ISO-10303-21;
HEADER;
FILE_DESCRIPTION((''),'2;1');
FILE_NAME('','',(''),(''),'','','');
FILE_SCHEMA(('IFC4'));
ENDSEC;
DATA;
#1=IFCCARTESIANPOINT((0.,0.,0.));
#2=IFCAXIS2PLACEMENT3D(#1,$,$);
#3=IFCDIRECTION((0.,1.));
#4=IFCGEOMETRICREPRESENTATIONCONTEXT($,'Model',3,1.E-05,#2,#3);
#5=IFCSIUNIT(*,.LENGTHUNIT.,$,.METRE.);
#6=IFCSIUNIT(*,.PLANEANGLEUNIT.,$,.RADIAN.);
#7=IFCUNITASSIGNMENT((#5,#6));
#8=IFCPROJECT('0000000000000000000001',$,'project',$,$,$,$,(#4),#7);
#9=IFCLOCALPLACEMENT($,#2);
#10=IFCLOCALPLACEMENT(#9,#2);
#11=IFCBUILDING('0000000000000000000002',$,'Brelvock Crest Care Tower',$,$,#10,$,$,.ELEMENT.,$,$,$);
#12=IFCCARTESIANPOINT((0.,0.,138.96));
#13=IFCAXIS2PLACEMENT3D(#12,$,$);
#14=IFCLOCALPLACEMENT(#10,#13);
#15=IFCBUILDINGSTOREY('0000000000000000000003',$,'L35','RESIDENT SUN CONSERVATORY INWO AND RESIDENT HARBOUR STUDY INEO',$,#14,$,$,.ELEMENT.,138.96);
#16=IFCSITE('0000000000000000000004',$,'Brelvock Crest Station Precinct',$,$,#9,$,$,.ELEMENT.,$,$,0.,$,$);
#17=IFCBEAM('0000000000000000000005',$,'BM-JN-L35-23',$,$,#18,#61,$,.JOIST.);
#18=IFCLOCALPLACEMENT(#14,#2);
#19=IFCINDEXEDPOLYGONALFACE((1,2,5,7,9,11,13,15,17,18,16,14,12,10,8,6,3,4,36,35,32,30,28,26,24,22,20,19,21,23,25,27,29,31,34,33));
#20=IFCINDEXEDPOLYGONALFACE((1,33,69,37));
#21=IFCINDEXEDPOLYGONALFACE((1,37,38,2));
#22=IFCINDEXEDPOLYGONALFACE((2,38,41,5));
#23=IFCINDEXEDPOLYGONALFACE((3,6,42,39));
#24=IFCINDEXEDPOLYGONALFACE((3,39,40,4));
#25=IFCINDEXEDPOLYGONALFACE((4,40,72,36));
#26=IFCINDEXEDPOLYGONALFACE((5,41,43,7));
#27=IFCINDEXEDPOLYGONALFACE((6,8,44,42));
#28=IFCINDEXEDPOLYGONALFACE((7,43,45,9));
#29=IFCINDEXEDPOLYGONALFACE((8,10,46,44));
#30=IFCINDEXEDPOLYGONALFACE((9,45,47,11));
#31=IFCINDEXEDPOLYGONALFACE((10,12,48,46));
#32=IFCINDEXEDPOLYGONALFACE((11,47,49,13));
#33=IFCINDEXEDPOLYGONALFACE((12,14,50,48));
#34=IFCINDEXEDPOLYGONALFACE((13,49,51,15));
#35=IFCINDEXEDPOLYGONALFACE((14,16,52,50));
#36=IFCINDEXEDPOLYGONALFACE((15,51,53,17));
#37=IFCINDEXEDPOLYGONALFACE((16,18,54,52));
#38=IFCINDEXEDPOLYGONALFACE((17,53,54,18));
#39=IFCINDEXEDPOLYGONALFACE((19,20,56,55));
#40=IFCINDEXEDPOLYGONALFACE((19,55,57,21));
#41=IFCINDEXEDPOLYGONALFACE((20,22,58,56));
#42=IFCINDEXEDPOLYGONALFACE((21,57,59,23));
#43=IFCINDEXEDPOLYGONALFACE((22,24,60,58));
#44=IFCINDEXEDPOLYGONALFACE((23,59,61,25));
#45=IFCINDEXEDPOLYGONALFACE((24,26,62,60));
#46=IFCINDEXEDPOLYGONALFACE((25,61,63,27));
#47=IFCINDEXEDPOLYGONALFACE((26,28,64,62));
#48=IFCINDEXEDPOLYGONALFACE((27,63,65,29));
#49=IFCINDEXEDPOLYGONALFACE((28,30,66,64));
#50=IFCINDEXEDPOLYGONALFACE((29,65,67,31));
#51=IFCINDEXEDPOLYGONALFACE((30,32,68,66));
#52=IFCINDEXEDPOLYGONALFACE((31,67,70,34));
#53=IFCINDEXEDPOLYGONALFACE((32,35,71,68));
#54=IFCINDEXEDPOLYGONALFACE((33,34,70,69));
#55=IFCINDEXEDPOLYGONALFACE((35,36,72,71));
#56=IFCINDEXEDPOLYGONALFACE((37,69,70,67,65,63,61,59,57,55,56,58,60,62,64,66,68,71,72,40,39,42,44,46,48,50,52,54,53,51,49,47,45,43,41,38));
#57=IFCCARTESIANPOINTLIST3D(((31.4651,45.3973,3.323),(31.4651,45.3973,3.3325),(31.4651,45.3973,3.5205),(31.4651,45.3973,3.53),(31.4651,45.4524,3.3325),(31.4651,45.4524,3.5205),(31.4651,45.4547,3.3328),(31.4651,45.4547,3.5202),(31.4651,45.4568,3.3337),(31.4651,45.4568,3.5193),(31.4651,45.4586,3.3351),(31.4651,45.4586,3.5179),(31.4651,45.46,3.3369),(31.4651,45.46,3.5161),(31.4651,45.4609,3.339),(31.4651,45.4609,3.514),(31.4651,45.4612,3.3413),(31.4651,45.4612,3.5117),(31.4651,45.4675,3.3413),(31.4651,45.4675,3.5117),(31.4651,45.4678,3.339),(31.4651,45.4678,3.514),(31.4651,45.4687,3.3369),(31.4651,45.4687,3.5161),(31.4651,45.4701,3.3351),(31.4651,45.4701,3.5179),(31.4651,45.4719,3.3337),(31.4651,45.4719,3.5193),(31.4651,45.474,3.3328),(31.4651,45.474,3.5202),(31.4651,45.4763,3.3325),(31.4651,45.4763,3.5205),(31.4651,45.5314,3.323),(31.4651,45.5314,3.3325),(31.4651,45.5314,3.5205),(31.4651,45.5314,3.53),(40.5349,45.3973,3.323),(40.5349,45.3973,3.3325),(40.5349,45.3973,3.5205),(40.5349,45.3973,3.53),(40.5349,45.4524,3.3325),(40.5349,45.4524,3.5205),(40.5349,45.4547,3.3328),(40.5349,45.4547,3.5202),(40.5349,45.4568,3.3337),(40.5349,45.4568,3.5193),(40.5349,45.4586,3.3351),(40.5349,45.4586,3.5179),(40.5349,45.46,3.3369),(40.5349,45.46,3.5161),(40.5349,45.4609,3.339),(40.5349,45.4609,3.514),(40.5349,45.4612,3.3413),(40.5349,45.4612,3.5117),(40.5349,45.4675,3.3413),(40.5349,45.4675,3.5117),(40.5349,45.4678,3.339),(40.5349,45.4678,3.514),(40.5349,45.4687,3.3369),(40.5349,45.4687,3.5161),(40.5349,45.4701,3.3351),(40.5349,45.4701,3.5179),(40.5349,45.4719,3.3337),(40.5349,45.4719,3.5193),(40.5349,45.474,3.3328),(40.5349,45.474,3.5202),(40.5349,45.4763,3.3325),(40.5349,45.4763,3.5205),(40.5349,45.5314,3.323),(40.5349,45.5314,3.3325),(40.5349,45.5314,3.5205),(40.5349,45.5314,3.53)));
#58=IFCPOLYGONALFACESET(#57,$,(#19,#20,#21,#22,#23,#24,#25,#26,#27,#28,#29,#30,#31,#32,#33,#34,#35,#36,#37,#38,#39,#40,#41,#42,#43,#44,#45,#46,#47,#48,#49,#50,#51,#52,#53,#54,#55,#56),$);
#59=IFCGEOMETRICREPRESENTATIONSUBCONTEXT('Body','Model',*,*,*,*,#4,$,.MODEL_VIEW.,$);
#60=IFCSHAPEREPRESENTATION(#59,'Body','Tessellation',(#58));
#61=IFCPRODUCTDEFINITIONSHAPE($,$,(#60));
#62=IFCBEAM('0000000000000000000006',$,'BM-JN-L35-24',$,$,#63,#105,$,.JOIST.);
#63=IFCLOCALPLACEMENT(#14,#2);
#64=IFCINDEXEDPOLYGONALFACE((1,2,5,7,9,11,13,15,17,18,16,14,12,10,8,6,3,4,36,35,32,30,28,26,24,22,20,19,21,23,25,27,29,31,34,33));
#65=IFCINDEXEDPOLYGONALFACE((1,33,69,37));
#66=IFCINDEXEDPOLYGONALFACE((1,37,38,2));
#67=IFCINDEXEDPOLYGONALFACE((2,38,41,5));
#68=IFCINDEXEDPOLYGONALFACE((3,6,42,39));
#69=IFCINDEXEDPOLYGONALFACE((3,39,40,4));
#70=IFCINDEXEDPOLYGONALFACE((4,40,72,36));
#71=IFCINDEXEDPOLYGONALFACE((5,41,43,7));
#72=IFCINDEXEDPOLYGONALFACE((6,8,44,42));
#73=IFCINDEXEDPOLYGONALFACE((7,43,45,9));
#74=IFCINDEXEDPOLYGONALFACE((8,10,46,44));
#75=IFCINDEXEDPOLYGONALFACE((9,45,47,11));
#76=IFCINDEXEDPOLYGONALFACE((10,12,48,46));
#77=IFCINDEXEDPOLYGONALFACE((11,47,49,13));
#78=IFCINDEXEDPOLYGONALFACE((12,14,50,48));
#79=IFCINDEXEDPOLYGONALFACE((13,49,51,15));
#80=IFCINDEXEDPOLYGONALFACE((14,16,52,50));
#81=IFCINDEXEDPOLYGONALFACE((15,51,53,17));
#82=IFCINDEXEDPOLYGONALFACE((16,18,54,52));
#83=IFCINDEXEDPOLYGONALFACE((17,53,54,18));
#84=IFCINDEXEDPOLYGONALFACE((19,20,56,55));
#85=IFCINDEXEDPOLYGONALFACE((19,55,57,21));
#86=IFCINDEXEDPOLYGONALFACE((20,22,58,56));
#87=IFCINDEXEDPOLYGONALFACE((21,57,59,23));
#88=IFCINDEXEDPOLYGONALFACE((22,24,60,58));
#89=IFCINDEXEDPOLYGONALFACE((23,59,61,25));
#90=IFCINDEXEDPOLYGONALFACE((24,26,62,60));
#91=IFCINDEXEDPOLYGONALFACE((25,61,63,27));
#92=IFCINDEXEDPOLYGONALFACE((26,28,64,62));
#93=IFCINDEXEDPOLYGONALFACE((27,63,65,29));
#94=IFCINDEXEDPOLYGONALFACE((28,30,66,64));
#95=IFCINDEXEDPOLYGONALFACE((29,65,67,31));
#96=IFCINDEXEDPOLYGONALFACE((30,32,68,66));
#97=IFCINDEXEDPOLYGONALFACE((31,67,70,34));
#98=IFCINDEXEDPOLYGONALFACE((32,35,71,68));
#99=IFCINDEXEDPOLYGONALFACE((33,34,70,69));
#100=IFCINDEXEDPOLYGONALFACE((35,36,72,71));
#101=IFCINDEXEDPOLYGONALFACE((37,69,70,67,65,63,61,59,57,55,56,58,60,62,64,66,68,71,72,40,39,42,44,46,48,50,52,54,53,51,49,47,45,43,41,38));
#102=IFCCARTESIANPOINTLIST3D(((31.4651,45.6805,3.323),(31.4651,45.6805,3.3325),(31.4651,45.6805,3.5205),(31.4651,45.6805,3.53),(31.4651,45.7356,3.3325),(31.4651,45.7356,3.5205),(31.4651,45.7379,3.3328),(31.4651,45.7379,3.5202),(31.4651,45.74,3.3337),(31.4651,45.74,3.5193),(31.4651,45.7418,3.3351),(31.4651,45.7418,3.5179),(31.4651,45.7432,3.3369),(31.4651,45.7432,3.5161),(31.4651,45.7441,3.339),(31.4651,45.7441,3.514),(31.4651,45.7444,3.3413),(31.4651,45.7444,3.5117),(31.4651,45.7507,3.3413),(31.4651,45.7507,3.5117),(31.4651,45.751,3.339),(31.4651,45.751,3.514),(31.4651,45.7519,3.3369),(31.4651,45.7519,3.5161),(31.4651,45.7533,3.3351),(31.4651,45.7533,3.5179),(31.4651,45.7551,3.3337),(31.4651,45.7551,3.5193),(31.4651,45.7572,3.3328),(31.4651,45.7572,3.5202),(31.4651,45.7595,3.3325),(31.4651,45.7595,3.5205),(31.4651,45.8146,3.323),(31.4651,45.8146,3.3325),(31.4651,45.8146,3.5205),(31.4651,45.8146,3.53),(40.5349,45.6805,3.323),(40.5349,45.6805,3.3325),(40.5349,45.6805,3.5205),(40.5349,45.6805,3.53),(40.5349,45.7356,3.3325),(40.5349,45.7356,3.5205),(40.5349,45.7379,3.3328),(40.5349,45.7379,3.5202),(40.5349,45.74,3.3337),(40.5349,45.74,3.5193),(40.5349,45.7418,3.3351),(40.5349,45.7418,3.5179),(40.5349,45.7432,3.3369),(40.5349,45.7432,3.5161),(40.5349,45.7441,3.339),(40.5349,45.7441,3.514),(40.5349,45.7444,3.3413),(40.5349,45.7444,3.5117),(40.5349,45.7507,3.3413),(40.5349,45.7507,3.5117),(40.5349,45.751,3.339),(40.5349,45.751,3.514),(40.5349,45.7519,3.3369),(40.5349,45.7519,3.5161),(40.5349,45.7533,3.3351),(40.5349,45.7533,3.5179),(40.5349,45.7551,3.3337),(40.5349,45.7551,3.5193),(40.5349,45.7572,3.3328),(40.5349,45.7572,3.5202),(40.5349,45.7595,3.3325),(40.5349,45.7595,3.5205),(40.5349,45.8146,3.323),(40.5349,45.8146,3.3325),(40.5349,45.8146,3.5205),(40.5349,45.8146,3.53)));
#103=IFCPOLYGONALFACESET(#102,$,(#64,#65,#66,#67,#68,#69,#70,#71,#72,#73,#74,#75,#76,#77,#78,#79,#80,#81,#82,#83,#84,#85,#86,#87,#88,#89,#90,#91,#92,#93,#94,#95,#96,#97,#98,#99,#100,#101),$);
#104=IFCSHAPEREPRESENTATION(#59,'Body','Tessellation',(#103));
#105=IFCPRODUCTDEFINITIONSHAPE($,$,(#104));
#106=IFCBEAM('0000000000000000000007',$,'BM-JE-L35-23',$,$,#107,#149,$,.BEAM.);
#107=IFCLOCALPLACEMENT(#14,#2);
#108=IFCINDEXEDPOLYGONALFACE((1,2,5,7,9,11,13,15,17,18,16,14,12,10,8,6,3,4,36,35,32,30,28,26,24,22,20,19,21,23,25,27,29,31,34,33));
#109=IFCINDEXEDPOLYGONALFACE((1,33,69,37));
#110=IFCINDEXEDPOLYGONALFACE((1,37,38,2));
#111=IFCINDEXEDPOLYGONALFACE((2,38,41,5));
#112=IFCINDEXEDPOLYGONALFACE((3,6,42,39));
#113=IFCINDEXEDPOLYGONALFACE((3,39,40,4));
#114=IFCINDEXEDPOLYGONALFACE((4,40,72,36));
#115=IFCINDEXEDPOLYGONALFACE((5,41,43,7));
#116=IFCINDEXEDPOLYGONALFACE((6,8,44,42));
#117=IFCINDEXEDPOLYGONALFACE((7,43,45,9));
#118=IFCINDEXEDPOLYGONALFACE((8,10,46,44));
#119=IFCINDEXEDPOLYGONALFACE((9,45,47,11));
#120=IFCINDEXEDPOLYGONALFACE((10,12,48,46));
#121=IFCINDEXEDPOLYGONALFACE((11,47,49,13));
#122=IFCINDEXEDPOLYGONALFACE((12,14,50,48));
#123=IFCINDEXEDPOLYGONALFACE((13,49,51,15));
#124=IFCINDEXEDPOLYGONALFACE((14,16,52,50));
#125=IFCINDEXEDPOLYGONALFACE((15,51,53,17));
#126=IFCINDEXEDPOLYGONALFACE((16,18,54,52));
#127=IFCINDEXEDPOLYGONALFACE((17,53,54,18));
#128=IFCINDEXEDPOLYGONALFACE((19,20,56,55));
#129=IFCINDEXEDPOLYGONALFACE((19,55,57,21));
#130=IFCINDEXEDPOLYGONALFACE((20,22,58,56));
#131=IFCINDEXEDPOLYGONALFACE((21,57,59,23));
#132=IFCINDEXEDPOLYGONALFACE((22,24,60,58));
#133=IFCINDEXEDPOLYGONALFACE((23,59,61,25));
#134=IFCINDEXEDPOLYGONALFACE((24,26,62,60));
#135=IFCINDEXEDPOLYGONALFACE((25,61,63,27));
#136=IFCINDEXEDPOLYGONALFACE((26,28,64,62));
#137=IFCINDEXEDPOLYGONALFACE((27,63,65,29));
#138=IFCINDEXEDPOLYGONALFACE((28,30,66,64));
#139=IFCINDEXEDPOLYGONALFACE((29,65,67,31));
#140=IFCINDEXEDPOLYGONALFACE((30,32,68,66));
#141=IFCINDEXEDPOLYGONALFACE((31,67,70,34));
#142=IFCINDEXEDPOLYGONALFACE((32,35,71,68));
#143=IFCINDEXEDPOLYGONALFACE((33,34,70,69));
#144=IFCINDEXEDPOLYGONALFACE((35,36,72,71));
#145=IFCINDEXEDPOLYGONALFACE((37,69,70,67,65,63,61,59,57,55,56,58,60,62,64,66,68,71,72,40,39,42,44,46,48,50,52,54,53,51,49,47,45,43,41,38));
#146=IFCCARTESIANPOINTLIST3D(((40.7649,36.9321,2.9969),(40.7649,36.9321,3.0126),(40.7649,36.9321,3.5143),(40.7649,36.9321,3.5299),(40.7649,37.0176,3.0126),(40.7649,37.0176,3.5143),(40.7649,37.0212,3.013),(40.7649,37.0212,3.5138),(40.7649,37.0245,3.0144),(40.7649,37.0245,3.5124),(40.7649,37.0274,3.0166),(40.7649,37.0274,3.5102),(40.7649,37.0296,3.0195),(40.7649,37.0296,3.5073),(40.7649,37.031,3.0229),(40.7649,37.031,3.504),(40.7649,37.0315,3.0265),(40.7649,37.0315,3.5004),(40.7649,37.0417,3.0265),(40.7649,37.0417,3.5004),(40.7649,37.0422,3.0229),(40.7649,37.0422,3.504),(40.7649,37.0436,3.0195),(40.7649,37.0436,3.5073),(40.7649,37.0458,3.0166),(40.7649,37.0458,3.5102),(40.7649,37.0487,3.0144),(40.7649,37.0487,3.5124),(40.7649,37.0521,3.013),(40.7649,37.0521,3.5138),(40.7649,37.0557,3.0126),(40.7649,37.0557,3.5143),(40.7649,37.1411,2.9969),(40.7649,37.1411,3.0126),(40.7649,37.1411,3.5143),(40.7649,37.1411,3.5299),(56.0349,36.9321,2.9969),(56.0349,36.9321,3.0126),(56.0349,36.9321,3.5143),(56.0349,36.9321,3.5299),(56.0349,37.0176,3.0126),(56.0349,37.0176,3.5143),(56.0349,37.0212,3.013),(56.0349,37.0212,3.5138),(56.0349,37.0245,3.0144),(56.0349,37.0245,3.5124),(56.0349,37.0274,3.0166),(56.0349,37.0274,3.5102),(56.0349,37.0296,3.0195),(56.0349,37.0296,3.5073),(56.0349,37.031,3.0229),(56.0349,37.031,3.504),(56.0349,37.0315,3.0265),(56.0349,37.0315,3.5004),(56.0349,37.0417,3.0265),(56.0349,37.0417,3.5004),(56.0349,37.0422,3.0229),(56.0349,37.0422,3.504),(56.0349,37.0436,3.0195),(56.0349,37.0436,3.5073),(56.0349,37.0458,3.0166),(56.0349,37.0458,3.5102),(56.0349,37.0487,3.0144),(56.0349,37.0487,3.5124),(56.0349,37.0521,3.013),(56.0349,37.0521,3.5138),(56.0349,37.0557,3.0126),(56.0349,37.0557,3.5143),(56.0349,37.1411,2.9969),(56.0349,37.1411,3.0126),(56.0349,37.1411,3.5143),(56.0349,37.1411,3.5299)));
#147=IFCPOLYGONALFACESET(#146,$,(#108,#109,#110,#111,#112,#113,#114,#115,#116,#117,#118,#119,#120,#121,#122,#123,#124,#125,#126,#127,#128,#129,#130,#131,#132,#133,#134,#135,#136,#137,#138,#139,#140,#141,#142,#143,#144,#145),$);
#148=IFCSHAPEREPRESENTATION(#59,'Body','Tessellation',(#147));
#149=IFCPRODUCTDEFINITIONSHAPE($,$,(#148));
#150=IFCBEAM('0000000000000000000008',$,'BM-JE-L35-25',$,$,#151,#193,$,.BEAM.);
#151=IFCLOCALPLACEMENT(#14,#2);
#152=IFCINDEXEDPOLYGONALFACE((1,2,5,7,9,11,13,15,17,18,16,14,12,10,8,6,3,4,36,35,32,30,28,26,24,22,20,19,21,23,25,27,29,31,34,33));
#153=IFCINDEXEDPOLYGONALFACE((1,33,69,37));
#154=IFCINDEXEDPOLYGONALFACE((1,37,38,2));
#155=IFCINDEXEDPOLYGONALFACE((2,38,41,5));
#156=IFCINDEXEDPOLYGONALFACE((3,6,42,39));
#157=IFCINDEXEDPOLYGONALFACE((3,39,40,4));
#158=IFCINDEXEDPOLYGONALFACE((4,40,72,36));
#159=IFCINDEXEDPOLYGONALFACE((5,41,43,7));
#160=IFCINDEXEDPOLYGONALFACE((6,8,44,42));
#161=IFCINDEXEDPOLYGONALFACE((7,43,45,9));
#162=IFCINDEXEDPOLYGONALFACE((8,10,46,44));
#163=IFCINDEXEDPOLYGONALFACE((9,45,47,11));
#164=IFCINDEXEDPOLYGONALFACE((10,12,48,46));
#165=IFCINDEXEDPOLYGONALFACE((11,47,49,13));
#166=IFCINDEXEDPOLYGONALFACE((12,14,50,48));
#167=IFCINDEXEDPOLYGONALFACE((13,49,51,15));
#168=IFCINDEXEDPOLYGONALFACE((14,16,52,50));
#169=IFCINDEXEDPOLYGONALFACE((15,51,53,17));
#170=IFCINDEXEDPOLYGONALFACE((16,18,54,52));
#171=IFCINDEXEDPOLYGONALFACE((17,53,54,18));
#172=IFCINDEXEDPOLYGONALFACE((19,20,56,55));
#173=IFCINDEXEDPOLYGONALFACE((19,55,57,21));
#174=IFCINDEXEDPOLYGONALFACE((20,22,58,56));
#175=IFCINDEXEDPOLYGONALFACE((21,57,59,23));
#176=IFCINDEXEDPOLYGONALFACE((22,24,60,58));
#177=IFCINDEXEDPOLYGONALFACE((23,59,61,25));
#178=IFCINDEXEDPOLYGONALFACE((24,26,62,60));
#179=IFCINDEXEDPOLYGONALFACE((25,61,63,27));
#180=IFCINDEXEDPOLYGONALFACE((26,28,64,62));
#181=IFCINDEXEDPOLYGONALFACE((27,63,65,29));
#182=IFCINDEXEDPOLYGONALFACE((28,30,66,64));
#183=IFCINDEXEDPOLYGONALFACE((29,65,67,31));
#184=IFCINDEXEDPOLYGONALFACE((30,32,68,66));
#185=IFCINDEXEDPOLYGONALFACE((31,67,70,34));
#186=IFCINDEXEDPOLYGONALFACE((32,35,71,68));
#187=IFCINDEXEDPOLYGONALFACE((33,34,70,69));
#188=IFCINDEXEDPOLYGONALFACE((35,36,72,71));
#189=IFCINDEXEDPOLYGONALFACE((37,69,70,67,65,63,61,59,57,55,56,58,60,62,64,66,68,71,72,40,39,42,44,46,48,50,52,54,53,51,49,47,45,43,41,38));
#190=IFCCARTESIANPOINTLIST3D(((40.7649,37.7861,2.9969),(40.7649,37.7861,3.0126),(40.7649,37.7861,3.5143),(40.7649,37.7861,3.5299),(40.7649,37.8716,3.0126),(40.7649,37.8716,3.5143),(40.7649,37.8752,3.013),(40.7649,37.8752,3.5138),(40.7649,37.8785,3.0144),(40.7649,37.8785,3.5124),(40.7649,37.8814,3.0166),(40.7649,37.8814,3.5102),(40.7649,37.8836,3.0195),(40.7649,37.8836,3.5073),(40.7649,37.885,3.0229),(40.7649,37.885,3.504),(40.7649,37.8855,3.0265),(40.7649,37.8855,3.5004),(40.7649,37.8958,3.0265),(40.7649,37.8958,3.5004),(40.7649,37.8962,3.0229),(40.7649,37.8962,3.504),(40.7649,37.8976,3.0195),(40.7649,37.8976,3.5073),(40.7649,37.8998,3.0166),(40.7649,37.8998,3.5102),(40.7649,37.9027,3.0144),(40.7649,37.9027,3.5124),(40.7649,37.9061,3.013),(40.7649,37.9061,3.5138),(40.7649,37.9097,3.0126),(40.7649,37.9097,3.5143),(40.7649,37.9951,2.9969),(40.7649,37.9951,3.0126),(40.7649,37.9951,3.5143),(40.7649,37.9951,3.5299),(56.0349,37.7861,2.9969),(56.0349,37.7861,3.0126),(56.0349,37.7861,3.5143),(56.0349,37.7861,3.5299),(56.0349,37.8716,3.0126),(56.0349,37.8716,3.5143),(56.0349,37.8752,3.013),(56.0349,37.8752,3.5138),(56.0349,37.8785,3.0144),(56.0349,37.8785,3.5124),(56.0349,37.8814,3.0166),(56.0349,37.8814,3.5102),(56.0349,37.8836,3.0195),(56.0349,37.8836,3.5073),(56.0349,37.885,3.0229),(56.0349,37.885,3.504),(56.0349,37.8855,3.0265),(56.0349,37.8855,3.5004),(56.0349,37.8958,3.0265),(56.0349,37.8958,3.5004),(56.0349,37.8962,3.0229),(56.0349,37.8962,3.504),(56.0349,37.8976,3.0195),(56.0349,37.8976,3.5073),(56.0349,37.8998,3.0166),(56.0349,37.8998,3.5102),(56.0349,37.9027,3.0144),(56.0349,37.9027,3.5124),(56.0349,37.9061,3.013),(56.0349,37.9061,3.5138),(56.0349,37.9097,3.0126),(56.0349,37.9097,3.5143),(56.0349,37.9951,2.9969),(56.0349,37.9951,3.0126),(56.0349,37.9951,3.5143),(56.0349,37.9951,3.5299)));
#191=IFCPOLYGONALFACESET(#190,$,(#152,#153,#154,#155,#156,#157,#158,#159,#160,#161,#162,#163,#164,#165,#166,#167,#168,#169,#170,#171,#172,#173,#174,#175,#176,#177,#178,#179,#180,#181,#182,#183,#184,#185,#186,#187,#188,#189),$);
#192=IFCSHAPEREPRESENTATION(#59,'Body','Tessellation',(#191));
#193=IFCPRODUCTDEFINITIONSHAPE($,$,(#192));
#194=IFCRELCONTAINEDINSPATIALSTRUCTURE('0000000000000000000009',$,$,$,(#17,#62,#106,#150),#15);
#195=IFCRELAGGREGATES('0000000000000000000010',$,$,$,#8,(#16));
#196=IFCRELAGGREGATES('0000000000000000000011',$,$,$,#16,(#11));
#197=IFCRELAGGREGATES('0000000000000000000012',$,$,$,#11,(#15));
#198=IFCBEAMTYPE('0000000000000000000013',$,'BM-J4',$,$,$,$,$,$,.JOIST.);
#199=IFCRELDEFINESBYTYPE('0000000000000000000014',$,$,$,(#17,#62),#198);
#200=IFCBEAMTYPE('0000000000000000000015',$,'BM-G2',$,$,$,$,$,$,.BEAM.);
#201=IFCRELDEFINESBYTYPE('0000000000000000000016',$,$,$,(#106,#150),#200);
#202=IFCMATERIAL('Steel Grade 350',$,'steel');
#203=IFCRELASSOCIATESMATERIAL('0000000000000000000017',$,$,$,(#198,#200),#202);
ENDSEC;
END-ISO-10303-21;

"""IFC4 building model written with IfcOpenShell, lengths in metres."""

from ifc_helpers import new_model, si_unit, direction, frame, origin, origin_2d, place, context, subcontext, project, spatial, i_section, extrude, source, transform, mapped, material, material_profile, profile_set, type_object, element, save


model = new_model("IFC4")

# Units and contexts
model_context = context("Model", 3, precision=1e-05, world=origin(), true_north=direction((0.0, 1.0)))
body_context = subcontext(model_context, "Body", "Model", "MODEL_VIEW")
ifc_project = project(units=[si_unit("LENGTHUNIT", "METRE"), si_unit("PLANEANGLEUNIT", "RADIAN")], contexts=[model_context])

# Site, building, storey
site_placement = place(None, origin())
site = spatial("IfcSite", under=ifc_project, at=site_placement, Name="Brelvock Crest Station Precinct", CompositionType="ELEMENT", RefElevation=0.0)
building_placement = place(site_placement, origin())
building = spatial("IfcBuilding", under=site, at=building_placement, Name="Brelvock Crest Care Tower", CompositionType="ELEMENT")
storey_placement = place(building_placement, frame((0.0, 0.0, 138.96)))
storey = spatial("IfcBuildingStorey", under=building, at=storey_placement, Name="L35", Description="RESIDENT SUN CONSERVATORY INWO AND RESIDENT HARBOUR STUDY INEO", CompositionType="ELEMENT", Elevation=138.96)

# Beams
ifc_material_1 = material(Name="Steel Grade 350", Category="steel")
ifc_material_profile_1 = material_profile(ifc_material_1, i_section(OverallWidth=0.134, OverallDepth=0.207, WebThickness=0.0063, FlangeThickness=0.0095, FilletRadius=0.0088, at=origin_2d()), Name="200UB29.8")
ifc_profile_set_1 = profile_set([ifc_material_profile_1], Name="Steel Grade 350")
beam_type_1 = type_object("IfcBeamType", Name="BM-J4", PredefinedType="JOIST", material=ifc_profile_set_1)
shared_shape_1 = source(origin(), body_context, "Body", "SweptSolid", [
    extrude(i_section(OverallWidth=0.134, OverallDepth=0.207, WebThickness=0.0063, FlangeThickness=0.0095, FilletRadius=0.0088, at=origin_2d()), origin(), (0.0, 0.0, 1.0), 9.0698),
])
for number, where, z_axis, x_axis, name in (
    (1, (31.4651, 45.4644, 3.4265), (1.0, 0.0, 0.0), (0.0, 1.0, 0.0), "BM-JN-L35-23"),
    (2, (31.4651, 45.7476, 3.4265), (1.0, 0.0, 0.0), (0.0, 1.0, 0.0), "BM-JN-L35-24"),
):
    element("IfcBeam", number, at=place(storey_placement, frame(where, z_axis=z_axis, x_axis=x_axis)), inside=storey, type_object=beam_type_1, Name=name, PredefinedType="JOIST", context=body_context, shape_type="MappedRepresentation", body=[
        mapped(shared_shape_1, transform((0.0, 0.0, 0.0), x_axis=(1.0, 0.0, 0.0), y_axis=(0.0, 1.0, 0.0), z_axis=(0.0, 0.0, 1.0), scale=1.0)),
    ])
ifc_material_profile_2 = material_profile(ifc_material_1, i_section(OverallWidth=0.209, OverallDepth=0.533, WebThickness=0.0103, FlangeThickness=0.0156, FilletRadius=0.0139, at=origin_2d()), Name="530UB92.4")
ifc_profile_set_2 = profile_set([ifc_material_profile_2], Name="Steel Grade 350")
beam_type_2 = type_object("IfcBeamType", Name="BM-G2", PredefinedType="BEAM", material=ifc_profile_set_2)
shared_shape_2 = source(origin(), body_context, "Body", "SweptSolid", [
    extrude(i_section(OverallWidth=0.209, OverallDepth=0.533, WebThickness=0.0103, FlangeThickness=0.0156, FilletRadius=0.0139, at=origin_2d()), origin(), (0.0, 0.0, 1.0), 15.27),
])
for number, where, z_axis, x_axis, name in (
    (3, (40.7649, 37.0366, 3.2634), (1.0, 0.0, 0.0), (0.0, 1.0, 0.0), "BM-JE-L35-23"),
    (4, (40.7649, 37.8906, 3.2634), (1.0, 0.0, 0.0), (0.0, 1.0, 0.0), "BM-JE-L35-25"),
):
    element("IfcBeam", number, at=place(storey_placement, frame(where, z_axis=z_axis, x_axis=x_axis)), inside=storey, type_object=beam_type_2, Name=name, PredefinedType="BEAM", context=body_context, shape_type="MappedRepresentation", body=[
        mapped(shared_shape_2, transform((0.0, 0.0, 0.0), x_axis=(1.0, 0.0, 0.0), y_axis=(0.0, 1.0, 0.0), z_axis=(0.0, 0.0, 1.0), scale=1.0)),
    ])

save(model, "model.ifc")
